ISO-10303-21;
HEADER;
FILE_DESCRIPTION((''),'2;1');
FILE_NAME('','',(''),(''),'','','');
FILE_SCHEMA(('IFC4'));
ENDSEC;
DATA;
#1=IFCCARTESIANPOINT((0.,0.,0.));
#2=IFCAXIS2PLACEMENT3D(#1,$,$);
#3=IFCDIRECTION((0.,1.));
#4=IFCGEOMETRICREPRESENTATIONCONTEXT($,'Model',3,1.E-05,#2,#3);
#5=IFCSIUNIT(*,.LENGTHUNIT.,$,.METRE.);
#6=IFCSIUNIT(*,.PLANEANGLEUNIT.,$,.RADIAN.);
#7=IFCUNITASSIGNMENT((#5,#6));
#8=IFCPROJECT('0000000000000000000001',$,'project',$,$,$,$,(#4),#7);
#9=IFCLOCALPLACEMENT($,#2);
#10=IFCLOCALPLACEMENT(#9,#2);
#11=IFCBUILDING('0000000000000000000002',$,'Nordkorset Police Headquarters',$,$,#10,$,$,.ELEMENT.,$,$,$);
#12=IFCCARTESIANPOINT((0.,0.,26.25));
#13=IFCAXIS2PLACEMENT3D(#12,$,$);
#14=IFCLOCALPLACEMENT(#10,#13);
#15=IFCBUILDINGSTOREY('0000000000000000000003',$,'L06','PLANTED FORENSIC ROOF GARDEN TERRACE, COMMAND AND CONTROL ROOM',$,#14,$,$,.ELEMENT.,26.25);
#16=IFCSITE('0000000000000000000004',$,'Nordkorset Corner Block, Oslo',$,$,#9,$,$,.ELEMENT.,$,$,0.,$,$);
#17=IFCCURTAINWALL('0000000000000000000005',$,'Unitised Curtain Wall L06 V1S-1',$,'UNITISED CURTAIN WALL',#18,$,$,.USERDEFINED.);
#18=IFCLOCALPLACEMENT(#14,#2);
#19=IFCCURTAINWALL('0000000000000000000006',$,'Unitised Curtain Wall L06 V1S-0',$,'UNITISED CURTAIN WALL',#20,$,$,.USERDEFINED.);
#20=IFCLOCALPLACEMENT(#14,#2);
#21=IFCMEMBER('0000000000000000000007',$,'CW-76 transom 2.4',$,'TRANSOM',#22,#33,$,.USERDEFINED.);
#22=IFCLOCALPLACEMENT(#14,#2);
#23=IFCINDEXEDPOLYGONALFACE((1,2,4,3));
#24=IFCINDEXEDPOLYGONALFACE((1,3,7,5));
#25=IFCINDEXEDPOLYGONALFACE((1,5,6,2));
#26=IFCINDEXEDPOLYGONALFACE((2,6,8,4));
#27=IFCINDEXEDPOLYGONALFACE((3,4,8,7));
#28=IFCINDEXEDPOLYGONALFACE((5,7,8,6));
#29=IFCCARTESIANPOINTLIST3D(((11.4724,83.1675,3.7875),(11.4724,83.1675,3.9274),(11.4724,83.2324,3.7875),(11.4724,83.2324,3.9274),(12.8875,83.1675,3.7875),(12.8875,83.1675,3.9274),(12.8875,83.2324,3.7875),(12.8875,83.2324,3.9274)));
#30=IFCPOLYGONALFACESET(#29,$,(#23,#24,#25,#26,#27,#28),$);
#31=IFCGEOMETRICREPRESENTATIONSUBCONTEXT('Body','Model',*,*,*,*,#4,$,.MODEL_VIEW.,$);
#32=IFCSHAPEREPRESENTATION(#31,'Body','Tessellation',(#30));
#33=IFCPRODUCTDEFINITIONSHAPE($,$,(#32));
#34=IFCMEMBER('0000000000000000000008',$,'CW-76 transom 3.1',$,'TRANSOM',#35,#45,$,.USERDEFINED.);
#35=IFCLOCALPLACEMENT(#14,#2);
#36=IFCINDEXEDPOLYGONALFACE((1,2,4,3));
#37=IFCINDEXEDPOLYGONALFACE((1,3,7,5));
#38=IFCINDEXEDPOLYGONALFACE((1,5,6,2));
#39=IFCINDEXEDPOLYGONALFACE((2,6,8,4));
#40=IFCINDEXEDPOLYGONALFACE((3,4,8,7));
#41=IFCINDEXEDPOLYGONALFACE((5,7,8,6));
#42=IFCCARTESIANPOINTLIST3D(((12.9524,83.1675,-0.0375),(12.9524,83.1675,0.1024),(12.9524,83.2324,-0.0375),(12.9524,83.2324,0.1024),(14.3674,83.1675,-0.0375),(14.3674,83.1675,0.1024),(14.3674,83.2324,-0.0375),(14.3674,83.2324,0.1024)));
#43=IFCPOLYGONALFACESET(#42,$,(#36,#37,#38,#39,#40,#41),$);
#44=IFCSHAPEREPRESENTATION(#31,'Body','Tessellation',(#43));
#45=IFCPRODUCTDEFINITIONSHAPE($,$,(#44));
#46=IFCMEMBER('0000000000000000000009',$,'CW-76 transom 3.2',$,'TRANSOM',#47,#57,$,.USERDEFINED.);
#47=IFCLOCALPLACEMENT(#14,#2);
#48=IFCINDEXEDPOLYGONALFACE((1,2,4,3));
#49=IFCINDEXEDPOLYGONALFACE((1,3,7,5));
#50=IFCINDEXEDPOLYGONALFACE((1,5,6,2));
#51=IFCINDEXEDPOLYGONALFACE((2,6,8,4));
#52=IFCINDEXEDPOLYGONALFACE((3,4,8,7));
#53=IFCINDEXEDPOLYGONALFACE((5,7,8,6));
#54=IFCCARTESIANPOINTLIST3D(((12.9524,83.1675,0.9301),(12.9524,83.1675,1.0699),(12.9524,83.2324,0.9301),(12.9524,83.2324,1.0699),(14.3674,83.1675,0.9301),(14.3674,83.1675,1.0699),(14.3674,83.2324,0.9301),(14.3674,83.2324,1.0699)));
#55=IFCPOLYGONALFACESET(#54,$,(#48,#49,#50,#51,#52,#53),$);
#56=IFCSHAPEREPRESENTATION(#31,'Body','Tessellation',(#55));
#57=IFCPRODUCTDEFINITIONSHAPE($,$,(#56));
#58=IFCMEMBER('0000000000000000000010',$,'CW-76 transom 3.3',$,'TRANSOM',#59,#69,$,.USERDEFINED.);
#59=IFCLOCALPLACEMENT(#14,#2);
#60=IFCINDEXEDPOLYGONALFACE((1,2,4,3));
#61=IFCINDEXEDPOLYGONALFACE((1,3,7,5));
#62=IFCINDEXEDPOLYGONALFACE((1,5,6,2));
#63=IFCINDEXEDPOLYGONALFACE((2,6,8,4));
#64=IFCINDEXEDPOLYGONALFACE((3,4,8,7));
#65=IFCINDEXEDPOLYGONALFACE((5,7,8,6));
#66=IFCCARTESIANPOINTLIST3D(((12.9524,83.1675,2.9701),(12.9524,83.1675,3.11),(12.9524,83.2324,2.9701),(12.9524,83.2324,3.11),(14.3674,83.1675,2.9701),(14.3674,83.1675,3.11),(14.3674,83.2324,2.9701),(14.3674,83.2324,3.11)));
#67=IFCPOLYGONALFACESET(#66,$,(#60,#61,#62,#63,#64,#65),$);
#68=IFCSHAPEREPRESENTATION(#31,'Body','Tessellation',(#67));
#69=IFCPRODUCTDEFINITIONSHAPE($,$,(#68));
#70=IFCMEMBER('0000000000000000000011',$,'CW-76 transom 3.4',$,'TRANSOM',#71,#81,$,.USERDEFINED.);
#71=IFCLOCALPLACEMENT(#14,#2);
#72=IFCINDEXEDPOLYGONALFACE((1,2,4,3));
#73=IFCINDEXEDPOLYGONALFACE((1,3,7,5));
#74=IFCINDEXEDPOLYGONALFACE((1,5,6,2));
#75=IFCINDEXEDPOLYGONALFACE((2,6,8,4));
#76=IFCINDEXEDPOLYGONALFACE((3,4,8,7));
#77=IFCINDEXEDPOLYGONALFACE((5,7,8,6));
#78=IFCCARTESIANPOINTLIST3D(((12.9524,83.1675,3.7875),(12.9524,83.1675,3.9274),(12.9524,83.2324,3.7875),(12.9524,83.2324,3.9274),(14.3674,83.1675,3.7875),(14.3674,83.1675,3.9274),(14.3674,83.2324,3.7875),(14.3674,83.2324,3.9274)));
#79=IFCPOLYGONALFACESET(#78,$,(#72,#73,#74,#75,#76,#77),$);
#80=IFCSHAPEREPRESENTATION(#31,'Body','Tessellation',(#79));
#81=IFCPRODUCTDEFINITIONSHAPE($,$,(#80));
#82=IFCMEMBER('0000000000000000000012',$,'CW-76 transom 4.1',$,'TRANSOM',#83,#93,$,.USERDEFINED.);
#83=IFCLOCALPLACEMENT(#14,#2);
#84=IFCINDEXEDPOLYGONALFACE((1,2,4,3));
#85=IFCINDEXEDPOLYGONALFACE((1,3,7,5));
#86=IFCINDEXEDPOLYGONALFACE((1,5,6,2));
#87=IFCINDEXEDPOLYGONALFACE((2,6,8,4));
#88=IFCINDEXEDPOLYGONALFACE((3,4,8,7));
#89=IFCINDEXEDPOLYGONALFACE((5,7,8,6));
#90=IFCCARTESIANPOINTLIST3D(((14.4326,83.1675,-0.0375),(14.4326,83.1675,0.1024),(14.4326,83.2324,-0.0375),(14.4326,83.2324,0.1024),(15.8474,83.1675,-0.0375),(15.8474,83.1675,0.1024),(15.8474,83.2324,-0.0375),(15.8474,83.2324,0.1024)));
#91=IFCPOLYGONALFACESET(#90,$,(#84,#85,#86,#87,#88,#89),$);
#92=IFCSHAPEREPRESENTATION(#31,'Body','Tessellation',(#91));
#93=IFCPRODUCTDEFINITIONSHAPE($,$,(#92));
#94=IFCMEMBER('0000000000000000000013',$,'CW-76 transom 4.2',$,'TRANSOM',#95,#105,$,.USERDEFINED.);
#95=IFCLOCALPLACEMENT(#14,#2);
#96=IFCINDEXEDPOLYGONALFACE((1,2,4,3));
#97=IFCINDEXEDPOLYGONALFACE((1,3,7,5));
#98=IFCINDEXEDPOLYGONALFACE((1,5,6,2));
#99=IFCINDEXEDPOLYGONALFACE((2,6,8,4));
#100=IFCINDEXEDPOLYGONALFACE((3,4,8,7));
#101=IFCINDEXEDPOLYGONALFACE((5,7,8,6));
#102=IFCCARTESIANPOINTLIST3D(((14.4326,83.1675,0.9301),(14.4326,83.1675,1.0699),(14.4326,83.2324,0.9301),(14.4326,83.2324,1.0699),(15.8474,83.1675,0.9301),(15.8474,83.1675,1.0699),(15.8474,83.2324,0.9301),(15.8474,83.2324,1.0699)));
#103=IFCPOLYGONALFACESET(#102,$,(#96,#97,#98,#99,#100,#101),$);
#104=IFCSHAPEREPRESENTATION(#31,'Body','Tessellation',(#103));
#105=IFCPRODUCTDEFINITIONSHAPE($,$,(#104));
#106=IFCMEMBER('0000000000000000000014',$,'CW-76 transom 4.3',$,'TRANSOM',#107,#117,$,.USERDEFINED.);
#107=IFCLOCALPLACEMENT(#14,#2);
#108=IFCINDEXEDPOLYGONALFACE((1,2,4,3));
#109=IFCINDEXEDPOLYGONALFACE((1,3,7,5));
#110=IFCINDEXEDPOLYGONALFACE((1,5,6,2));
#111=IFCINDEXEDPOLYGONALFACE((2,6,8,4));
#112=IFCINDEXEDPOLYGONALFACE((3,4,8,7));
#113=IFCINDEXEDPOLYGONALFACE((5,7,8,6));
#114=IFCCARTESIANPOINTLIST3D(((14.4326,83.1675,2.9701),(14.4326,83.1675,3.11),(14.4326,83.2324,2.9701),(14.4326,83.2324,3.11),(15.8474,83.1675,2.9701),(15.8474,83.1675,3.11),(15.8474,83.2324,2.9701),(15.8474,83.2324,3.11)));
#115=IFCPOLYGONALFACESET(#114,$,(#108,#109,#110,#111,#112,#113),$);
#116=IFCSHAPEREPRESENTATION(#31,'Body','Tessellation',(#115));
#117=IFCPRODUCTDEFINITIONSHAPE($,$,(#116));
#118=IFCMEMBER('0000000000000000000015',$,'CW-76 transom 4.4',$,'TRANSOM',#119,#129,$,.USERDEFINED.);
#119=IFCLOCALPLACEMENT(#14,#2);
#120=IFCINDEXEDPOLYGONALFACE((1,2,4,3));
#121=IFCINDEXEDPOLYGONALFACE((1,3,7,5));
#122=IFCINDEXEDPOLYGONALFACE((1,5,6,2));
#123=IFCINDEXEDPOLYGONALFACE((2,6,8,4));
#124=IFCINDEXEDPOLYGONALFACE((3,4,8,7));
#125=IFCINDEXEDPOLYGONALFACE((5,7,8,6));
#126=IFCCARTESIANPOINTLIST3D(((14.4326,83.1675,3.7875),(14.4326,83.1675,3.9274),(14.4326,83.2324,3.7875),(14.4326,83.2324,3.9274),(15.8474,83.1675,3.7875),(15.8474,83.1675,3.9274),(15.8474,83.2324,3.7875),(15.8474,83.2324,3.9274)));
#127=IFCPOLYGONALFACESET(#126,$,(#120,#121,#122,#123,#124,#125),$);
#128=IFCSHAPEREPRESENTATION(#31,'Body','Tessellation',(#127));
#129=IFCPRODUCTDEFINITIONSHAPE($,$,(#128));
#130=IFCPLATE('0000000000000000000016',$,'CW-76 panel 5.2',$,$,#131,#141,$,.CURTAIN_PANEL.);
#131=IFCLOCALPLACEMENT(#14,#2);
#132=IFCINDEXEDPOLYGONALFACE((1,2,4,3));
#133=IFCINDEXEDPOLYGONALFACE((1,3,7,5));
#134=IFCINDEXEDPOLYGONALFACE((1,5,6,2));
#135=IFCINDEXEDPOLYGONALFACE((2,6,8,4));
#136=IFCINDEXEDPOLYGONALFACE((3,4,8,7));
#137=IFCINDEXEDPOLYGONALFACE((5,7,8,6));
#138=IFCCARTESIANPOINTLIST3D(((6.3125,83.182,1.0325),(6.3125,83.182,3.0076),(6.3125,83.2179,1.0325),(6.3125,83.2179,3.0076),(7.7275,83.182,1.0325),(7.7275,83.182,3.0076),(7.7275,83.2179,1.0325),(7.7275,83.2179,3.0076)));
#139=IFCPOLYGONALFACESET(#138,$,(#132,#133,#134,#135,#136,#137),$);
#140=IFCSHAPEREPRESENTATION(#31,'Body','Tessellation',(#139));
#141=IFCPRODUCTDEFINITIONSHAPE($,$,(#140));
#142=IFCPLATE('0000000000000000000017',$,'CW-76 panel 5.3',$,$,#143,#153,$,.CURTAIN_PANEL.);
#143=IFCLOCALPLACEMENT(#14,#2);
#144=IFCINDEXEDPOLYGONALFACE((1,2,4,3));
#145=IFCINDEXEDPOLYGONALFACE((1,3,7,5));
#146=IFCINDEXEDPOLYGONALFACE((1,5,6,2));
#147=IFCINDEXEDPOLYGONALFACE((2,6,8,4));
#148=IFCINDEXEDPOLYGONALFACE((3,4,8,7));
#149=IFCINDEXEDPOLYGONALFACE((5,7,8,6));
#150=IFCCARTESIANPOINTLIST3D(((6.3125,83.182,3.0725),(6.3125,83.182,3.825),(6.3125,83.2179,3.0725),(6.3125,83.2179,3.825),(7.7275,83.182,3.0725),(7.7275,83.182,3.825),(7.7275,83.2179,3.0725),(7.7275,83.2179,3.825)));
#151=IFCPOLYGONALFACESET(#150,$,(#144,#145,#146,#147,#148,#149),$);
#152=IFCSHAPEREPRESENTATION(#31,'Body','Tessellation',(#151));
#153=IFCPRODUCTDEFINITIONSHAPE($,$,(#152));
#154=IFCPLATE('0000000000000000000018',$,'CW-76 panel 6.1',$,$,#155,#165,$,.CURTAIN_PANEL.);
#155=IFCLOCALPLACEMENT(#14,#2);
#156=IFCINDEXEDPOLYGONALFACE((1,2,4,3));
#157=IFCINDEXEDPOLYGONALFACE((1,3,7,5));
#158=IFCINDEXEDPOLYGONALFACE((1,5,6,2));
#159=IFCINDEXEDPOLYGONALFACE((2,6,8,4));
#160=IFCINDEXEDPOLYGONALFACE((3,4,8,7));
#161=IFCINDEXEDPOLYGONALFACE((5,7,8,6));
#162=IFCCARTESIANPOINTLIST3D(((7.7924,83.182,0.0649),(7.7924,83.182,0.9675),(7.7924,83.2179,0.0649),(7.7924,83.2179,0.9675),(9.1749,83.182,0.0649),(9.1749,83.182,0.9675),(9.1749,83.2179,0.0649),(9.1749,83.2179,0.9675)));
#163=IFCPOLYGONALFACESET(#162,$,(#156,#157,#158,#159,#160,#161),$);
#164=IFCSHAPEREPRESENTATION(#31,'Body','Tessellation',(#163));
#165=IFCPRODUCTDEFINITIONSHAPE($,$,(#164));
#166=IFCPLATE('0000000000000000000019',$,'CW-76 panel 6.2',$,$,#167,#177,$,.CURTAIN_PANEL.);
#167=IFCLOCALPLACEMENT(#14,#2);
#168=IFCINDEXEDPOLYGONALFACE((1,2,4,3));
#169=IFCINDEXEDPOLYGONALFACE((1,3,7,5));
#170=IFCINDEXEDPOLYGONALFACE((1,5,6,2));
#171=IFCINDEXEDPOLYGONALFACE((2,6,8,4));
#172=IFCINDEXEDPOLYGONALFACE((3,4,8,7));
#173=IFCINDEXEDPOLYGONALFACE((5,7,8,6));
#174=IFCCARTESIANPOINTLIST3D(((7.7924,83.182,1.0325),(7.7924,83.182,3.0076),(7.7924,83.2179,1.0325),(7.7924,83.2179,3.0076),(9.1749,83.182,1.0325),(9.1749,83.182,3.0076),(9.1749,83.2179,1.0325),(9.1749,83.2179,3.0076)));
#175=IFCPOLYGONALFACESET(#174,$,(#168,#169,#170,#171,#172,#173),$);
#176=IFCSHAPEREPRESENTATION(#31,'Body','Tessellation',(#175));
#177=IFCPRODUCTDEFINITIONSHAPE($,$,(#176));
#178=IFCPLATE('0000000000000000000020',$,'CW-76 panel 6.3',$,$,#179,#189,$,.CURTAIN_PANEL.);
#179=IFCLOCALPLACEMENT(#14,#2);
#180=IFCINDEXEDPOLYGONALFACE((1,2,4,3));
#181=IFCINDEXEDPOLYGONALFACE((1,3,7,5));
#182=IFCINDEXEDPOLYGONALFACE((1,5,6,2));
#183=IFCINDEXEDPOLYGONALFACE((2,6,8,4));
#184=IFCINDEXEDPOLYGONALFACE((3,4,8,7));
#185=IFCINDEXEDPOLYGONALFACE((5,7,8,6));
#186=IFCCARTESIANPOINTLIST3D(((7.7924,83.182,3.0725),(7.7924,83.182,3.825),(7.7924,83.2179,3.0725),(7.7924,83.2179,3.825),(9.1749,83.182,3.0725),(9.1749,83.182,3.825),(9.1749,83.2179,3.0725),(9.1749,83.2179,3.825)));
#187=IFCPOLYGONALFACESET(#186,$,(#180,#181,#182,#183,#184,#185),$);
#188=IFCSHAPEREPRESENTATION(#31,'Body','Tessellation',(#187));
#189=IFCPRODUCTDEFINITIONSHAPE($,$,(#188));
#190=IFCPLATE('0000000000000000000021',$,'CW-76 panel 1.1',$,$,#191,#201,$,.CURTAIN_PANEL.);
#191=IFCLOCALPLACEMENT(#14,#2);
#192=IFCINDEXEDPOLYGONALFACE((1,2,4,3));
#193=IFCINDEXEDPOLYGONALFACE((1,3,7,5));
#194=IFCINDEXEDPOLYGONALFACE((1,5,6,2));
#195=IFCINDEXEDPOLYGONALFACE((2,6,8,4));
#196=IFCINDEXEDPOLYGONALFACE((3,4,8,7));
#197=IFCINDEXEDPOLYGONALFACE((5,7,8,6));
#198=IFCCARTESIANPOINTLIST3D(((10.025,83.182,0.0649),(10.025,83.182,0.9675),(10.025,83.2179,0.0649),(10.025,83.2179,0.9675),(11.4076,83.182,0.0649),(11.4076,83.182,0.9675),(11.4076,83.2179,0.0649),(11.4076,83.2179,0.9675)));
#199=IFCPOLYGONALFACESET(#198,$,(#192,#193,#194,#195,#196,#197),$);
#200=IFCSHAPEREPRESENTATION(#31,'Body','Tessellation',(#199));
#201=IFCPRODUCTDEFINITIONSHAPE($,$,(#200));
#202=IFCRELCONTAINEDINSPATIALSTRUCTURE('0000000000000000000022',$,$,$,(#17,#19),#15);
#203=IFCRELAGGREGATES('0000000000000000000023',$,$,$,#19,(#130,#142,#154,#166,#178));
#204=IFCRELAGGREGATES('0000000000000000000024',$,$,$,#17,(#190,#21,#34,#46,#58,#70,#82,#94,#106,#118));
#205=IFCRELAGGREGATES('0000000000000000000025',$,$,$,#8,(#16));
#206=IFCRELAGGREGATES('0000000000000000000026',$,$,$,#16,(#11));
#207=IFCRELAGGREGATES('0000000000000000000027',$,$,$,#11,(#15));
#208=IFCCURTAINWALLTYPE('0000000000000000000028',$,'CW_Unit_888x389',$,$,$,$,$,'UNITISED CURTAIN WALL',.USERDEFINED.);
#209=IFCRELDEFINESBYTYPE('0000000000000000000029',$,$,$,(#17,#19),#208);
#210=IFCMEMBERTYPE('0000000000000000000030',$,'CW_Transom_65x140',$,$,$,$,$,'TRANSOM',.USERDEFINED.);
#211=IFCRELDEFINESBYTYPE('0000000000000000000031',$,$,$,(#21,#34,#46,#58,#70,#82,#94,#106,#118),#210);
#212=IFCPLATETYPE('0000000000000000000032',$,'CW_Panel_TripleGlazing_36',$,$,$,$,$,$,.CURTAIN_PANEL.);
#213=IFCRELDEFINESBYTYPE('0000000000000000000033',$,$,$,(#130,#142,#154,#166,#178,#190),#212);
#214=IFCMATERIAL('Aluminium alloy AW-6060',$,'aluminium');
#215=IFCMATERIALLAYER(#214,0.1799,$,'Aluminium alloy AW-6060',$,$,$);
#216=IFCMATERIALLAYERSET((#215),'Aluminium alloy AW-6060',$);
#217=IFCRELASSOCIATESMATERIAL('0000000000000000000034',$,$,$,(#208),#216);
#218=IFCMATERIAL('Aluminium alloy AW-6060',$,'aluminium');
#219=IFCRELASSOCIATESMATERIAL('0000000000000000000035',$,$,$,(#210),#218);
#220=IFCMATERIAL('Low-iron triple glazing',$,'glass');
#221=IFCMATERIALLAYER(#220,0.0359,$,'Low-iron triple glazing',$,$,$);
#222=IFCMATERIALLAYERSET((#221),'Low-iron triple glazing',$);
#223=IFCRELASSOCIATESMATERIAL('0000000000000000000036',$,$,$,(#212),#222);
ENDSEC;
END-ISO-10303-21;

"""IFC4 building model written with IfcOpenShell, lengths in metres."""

from ifc_helpers import new_model, si_unit, direction, frame, origin, origin_2d, place, context, subcontext, project, spatial, rectangle, extrude, material, layer, layer_set, material_profile, profile_set, type_object, element, aggregate, save


model = new_model("IFC4")

# Units and contexts
model_context = context("Model", 3, precision=1e-05, world=origin(), true_north=direction((0.0, 1.0)))
body_context = subcontext(model_context, "Body", "Model", "MODEL_VIEW")
ifc_project = project(units=[si_unit("LENGTHUNIT", "METRE"), si_unit("PLANEANGLEUNIT", "RADIAN")], contexts=[model_context])

# Site, building, storey
site_placement = place(None, origin())
site = spatial("IfcSite", under=ifc_project, at=site_placement, Name="Nordkorset Corner Block, Oslo", CompositionType="ELEMENT", RefElevation=0.0)
building_placement = place(site_placement, origin())
building = spatial("IfcBuilding", under=site, at=building_placement, Name="Nordkorset Police Headquarters", CompositionType="ELEMENT")
storey_placement = place(building_placement, frame((0.0, 0.0, 26.25)))
storey = spatial("IfcBuildingStorey", under=building, at=storey_placement, Name="L06", Description="PLANTED FORENSIC ROOF GARDEN TERRACE, COMMAND AND CONTROL ROOM", CompositionType="ELEMENT", Elevation=26.25)

# Curtain walls
ifc_material_1 = material(Name="Aluminium alloy AW-6060", Category="aluminium")
ifc_layer_1 = layer(ifc_material_1, 0.1799, Name="Aluminium alloy AW-6060")
ifc_layer_set_1 = layer_set([ifc_layer_1], Name="Aluminium alloy AW-6060")
curtain_wall_type = type_object("IfcCurtainWallType", Name="CW_Unit_888x389", ElementType="UNITISED CURTAIN WALL", PredefinedType="USERDEFINED", material=ifc_layer_set_1)
curtain_wall_1_placement = place(storey_placement, origin())
curtain_wall_1 = element("IfcCurtainWall", 1, at=curtain_wall_1_placement, inside=storey, type_object=curtain_wall_type, Name="Unitised Curtain Wall L06 V1S-1", ObjectType="UNITISED CURTAIN WALL", PredefinedType="USERDEFINED")
curtain_wall_2_placement = place(storey_placement, origin())
curtain_wall_2 = element("IfcCurtainWall", 2, at=curtain_wall_2_placement, inside=storey, type_object=curtain_wall_type, Name="Unitised Curtain Wall L06 V1S-0", ObjectType="UNITISED CURTAIN WALL", PredefinedType="USERDEFINED")
ifc_material_2 = material(Name="Aluminium alloy AW-6060", Category="aluminium")
ifc_material_profile_1 = material_profile(ifc_material_2, rectangle(XDim=0.0649, YDim=0.1399, at=origin_2d()), Name="ALU TRAN 65x140")
ifc_profile_set_1 = profile_set([ifc_material_profile_1], Name="Aluminium alloy AW-6060")
member_type_1 = type_object("IfcMemberType", Name="CW_Transom_65x140", ElementType="TRANSOM", PredefinedType="USERDEFINED", material=ifc_profile_set_1)

# Members
member_1_placement = place(storey_placement, frame((11.4724, 83.2, 3.8574), z_axis=(1.0, 0.0, 0.0), x_axis=(0.0, 1.0, 0.0)))
member_1 = element("IfcMember", 3, at=member_1_placement, type_object=member_type_1, Name="CW-76 transom 2.4", ObjectType="TRANSOM", PredefinedType="USERDEFINED", context=body_context, shape_type="SweptSolid", body=[
    extrude(rectangle(XDim=0.0649, YDim=0.1399, at=origin_2d()), origin(), (0.0, 0.0, 1.0), 1.415),
])
member_2_placement = place(storey_placement, frame((12.9524, 83.2, 0.0325), z_axis=(1.0, 0.0, 0.0), x_axis=(0.0, 1.0, 0.0)))
member_2 = element("IfcMember", 4, at=member_2_placement, type_object=member_type_1, Name="CW-76 transom 3.1", ObjectType="TRANSOM", PredefinedType="USERDEFINED", context=body_context, shape_type="SweptSolid", body=[
    extrude(rectangle(XDim=0.0649, YDim=0.1399, at=origin_2d()), origin(), (0.0, 0.0, 1.0), 1.415),
])
member_3_placement = place(storey_placement, frame((12.9524, 83.2, 1.0), z_axis=(1.0, 0.0, 0.0), x_axis=(0.0, 1.0, 0.0)))
member_3 = element("IfcMember", 5, at=member_3_placement, type_object=member_type_1, Name="CW-76 transom 3.2", ObjectType="TRANSOM", PredefinedType="USERDEFINED", context=body_context, shape_type="SweptSolid", body=[
    extrude(rectangle(XDim=0.0649, YDim=0.1399, at=origin_2d()), origin(), (0.0, 0.0, 1.0), 1.415),
])
member_4_placement = place(storey_placement, frame((12.9524, 83.2, 3.04), z_axis=(1.0, 0.0, 0.0), x_axis=(0.0, 1.0, 0.0)))
member_4 = element("IfcMember", 6, at=member_4_placement, type_object=member_type_1, Name="CW-76 transom 3.3", ObjectType="TRANSOM", PredefinedType="USERDEFINED", context=body_context, shape_type="SweptSolid", body=[
    extrude(rectangle(XDim=0.0649, YDim=0.1399, at=origin_2d()), origin(), (0.0, 0.0, 1.0), 1.415),
])
member_5_placement = place(storey_placement, frame((12.9524, 83.2, 3.8574), z_axis=(1.0, 0.0, 0.0), x_axis=(0.0, 1.0, 0.0)))
member_5 = element("IfcMember", 7, at=member_5_placement, type_object=member_type_1, Name="CW-76 transom 3.4", ObjectType="TRANSOM", PredefinedType="USERDEFINED", context=body_context, shape_type="SweptSolid", body=[
    extrude(rectangle(XDim=0.0649, YDim=0.1399, at=origin_2d()), origin(), (0.0, 0.0, 1.0), 1.415),
])
member_6_placement = place(storey_placement, frame((14.4326, 83.2, 0.0325), z_axis=(1.0, 0.0, 0.0), x_axis=(0.0, 1.0, 0.0)))
member_6 = element("IfcMember", 8, at=member_6_placement, type_object=member_type_1, Name="CW-76 transom 4.1", ObjectType="TRANSOM", PredefinedType="USERDEFINED", context=body_context, shape_type="SweptSolid", body=[
    extrude(rectangle(XDim=0.0649, YDim=0.1399, at=origin_2d()), origin(), (0.0, 0.0, 1.0), 1.4148),
])
member_7_placement = place(storey_placement, frame((14.4326, 83.2, 1.0), z_axis=(1.0, 0.0, 0.0), x_axis=(0.0, 1.0, 0.0)))
member_7 = element("IfcMember", 9, at=member_7_placement, type_object=member_type_1, Name="CW-76 transom 4.2", ObjectType="TRANSOM", PredefinedType="USERDEFINED", context=body_context, shape_type="SweptSolid", body=[
    extrude(rectangle(XDim=0.0649, YDim=0.1399, at=origin_2d()), origin(), (0.0, 0.0, 1.0), 1.4148),
])
member_8_placement = place(storey_placement, frame((14.4326, 83.2, 3.04), z_axis=(1.0, 0.0, 0.0), x_axis=(0.0, 1.0, 0.0)))
member_8 = element("IfcMember", 10, at=member_8_placement, type_object=member_type_1, Name="CW-76 transom 4.3", ObjectType="TRANSOM", PredefinedType="USERDEFINED", context=body_context, shape_type="SweptSolid", body=[
    extrude(rectangle(XDim=0.0649, YDim=0.1399, at=origin_2d()), origin(), (0.0, 0.0, 1.0), 1.4148),
])
member_9_placement = place(storey_placement, frame((14.4326, 83.2, 3.8574), z_axis=(1.0, 0.0, 0.0), x_axis=(0.0, 1.0, 0.0)))
member_9 = element("IfcMember", 11, at=member_9_placement, type_object=member_type_1, Name="CW-76 transom 4.4", ObjectType="TRANSOM", PredefinedType="USERDEFINED", context=body_context, shape_type="SweptSolid", body=[
    extrude(rectangle(XDim=0.0649, YDim=0.1399, at=origin_2d()), origin(), (0.0, 0.0, 1.0), 1.4148),
])

# Plates
ifc_material_3 = material(Name="Low-iron triple glazing", Category="glass")
ifc_layer_2 = layer(ifc_material_3, 0.0359, Name="Low-iron triple glazing")
ifc_layer_set_2 = layer_set([ifc_layer_2], Name="Low-iron triple glazing")
plate_type = type_object("IfcPlateType", Name="CW_Panel_TripleGlazing_36", PredefinedType="CURTAIN_PANEL", material=ifc_layer_set_2)
plate_1_placement = place(storey_placement, frame((7.02, 83.2, 1.0325), z_axis=(0.0, 0.0, 1.0), x_axis=(1.0, 0.0, 0.0)))
plate_1 = element("IfcPlate", 12, at=plate_1_placement, type_object=plate_type, Name="CW-76 panel 5.2", PredefinedType="CURTAIN_PANEL", context=body_context, shape_type="SweptSolid", body=[
    extrude(rectangle(XDim=1.415, YDim=0.0359, at=origin_2d()), origin(), (0.0, 0.0, 1.0), 1.9751),
])
plate_2_placement = place(storey_placement, frame((7.02, 83.2, 3.0725), z_axis=(0.0, 0.0, 1.0), x_axis=(1.0, 0.0, 0.0)))
plate_2 = element("IfcPlate", 13, at=plate_2_placement, type_object=plate_type, Name="CW-76 panel 5.3", PredefinedType="CURTAIN_PANEL", context=body_context, shape_type="SweptSolid", body=[
    extrude(rectangle(XDim=1.415, YDim=0.0359, at=origin_2d()), origin(), (0.0, 0.0, 1.0), 0.7524),
])
plate_3_placement = place(storey_placement, frame((8.4836, 83.2, 0.0649), z_axis=(0.0, 0.0, 1.0), x_axis=(1.0, 0.0, 0.0)))
plate_3 = element("IfcPlate", 14, at=plate_3_placement, type_object=plate_type, Name="CW-76 panel 6.1", PredefinedType="CURTAIN_PANEL", context=body_context, shape_type="SweptSolid", body=[
    extrude(rectangle(XDim=1.3826, YDim=0.0359, at=origin_2d()), origin(), (0.0, 0.0, 1.0), 0.9026),
])
plate_4_placement = place(storey_placement, frame((8.4836, 83.2, 1.0325), z_axis=(0.0, 0.0, 1.0), x_axis=(1.0, 0.0, 0.0)))
plate_4 = element("IfcPlate", 15, at=plate_4_placement, type_object=plate_type, Name="CW-76 panel 6.2", PredefinedType="CURTAIN_PANEL", context=body_context, shape_type="SweptSolid", body=[
    extrude(rectangle(XDim=1.3826, YDim=0.0359, at=origin_2d()), origin(), (0.0, 0.0, 1.0), 1.9751),
])
plate_5_placement = place(storey_placement, frame((8.4836, 83.2, 3.0725), z_axis=(0.0, 0.0, 1.0), x_axis=(1.0, 0.0, 0.0)))
plate_5 = element("IfcPlate", 16, at=plate_5_placement, type_object=plate_type, Name="CW-76 panel 6.3", PredefinedType="CURTAIN_PANEL", context=body_context, shape_type="SweptSolid", body=[
    extrude(rectangle(XDim=1.3826, YDim=0.0359, at=origin_2d()), origin(), (0.0, 0.0, 1.0), 0.7524),
])
aggregate(curtain_wall_2, [plate_1, plate_2, plate_3, plate_4, plate_5])
plate_6_placement = place(storey_placement, frame((10.7163, 83.2, 0.0649), z_axis=(0.0, 0.0, 1.0), x_axis=(1.0, 0.0, 0.0)))
plate_6 = element("IfcPlate", 17, at=plate_6_placement, type_object=plate_type, Name="CW-76 panel 1.1", PredefinedType="CURTAIN_PANEL", context=body_context, shape_type="SweptSolid", body=[
    extrude(rectangle(XDim=1.3826, YDim=0.0359, at=origin_2d()), origin(), (0.0, 0.0, 1.0), 0.9026),
])
aggregate(curtain_wall_1, [plate_6, member_1, member_2, member_3, member_4, member_5, member_6, member_7, member_8, member_9])

save(model, "model.ifc")
